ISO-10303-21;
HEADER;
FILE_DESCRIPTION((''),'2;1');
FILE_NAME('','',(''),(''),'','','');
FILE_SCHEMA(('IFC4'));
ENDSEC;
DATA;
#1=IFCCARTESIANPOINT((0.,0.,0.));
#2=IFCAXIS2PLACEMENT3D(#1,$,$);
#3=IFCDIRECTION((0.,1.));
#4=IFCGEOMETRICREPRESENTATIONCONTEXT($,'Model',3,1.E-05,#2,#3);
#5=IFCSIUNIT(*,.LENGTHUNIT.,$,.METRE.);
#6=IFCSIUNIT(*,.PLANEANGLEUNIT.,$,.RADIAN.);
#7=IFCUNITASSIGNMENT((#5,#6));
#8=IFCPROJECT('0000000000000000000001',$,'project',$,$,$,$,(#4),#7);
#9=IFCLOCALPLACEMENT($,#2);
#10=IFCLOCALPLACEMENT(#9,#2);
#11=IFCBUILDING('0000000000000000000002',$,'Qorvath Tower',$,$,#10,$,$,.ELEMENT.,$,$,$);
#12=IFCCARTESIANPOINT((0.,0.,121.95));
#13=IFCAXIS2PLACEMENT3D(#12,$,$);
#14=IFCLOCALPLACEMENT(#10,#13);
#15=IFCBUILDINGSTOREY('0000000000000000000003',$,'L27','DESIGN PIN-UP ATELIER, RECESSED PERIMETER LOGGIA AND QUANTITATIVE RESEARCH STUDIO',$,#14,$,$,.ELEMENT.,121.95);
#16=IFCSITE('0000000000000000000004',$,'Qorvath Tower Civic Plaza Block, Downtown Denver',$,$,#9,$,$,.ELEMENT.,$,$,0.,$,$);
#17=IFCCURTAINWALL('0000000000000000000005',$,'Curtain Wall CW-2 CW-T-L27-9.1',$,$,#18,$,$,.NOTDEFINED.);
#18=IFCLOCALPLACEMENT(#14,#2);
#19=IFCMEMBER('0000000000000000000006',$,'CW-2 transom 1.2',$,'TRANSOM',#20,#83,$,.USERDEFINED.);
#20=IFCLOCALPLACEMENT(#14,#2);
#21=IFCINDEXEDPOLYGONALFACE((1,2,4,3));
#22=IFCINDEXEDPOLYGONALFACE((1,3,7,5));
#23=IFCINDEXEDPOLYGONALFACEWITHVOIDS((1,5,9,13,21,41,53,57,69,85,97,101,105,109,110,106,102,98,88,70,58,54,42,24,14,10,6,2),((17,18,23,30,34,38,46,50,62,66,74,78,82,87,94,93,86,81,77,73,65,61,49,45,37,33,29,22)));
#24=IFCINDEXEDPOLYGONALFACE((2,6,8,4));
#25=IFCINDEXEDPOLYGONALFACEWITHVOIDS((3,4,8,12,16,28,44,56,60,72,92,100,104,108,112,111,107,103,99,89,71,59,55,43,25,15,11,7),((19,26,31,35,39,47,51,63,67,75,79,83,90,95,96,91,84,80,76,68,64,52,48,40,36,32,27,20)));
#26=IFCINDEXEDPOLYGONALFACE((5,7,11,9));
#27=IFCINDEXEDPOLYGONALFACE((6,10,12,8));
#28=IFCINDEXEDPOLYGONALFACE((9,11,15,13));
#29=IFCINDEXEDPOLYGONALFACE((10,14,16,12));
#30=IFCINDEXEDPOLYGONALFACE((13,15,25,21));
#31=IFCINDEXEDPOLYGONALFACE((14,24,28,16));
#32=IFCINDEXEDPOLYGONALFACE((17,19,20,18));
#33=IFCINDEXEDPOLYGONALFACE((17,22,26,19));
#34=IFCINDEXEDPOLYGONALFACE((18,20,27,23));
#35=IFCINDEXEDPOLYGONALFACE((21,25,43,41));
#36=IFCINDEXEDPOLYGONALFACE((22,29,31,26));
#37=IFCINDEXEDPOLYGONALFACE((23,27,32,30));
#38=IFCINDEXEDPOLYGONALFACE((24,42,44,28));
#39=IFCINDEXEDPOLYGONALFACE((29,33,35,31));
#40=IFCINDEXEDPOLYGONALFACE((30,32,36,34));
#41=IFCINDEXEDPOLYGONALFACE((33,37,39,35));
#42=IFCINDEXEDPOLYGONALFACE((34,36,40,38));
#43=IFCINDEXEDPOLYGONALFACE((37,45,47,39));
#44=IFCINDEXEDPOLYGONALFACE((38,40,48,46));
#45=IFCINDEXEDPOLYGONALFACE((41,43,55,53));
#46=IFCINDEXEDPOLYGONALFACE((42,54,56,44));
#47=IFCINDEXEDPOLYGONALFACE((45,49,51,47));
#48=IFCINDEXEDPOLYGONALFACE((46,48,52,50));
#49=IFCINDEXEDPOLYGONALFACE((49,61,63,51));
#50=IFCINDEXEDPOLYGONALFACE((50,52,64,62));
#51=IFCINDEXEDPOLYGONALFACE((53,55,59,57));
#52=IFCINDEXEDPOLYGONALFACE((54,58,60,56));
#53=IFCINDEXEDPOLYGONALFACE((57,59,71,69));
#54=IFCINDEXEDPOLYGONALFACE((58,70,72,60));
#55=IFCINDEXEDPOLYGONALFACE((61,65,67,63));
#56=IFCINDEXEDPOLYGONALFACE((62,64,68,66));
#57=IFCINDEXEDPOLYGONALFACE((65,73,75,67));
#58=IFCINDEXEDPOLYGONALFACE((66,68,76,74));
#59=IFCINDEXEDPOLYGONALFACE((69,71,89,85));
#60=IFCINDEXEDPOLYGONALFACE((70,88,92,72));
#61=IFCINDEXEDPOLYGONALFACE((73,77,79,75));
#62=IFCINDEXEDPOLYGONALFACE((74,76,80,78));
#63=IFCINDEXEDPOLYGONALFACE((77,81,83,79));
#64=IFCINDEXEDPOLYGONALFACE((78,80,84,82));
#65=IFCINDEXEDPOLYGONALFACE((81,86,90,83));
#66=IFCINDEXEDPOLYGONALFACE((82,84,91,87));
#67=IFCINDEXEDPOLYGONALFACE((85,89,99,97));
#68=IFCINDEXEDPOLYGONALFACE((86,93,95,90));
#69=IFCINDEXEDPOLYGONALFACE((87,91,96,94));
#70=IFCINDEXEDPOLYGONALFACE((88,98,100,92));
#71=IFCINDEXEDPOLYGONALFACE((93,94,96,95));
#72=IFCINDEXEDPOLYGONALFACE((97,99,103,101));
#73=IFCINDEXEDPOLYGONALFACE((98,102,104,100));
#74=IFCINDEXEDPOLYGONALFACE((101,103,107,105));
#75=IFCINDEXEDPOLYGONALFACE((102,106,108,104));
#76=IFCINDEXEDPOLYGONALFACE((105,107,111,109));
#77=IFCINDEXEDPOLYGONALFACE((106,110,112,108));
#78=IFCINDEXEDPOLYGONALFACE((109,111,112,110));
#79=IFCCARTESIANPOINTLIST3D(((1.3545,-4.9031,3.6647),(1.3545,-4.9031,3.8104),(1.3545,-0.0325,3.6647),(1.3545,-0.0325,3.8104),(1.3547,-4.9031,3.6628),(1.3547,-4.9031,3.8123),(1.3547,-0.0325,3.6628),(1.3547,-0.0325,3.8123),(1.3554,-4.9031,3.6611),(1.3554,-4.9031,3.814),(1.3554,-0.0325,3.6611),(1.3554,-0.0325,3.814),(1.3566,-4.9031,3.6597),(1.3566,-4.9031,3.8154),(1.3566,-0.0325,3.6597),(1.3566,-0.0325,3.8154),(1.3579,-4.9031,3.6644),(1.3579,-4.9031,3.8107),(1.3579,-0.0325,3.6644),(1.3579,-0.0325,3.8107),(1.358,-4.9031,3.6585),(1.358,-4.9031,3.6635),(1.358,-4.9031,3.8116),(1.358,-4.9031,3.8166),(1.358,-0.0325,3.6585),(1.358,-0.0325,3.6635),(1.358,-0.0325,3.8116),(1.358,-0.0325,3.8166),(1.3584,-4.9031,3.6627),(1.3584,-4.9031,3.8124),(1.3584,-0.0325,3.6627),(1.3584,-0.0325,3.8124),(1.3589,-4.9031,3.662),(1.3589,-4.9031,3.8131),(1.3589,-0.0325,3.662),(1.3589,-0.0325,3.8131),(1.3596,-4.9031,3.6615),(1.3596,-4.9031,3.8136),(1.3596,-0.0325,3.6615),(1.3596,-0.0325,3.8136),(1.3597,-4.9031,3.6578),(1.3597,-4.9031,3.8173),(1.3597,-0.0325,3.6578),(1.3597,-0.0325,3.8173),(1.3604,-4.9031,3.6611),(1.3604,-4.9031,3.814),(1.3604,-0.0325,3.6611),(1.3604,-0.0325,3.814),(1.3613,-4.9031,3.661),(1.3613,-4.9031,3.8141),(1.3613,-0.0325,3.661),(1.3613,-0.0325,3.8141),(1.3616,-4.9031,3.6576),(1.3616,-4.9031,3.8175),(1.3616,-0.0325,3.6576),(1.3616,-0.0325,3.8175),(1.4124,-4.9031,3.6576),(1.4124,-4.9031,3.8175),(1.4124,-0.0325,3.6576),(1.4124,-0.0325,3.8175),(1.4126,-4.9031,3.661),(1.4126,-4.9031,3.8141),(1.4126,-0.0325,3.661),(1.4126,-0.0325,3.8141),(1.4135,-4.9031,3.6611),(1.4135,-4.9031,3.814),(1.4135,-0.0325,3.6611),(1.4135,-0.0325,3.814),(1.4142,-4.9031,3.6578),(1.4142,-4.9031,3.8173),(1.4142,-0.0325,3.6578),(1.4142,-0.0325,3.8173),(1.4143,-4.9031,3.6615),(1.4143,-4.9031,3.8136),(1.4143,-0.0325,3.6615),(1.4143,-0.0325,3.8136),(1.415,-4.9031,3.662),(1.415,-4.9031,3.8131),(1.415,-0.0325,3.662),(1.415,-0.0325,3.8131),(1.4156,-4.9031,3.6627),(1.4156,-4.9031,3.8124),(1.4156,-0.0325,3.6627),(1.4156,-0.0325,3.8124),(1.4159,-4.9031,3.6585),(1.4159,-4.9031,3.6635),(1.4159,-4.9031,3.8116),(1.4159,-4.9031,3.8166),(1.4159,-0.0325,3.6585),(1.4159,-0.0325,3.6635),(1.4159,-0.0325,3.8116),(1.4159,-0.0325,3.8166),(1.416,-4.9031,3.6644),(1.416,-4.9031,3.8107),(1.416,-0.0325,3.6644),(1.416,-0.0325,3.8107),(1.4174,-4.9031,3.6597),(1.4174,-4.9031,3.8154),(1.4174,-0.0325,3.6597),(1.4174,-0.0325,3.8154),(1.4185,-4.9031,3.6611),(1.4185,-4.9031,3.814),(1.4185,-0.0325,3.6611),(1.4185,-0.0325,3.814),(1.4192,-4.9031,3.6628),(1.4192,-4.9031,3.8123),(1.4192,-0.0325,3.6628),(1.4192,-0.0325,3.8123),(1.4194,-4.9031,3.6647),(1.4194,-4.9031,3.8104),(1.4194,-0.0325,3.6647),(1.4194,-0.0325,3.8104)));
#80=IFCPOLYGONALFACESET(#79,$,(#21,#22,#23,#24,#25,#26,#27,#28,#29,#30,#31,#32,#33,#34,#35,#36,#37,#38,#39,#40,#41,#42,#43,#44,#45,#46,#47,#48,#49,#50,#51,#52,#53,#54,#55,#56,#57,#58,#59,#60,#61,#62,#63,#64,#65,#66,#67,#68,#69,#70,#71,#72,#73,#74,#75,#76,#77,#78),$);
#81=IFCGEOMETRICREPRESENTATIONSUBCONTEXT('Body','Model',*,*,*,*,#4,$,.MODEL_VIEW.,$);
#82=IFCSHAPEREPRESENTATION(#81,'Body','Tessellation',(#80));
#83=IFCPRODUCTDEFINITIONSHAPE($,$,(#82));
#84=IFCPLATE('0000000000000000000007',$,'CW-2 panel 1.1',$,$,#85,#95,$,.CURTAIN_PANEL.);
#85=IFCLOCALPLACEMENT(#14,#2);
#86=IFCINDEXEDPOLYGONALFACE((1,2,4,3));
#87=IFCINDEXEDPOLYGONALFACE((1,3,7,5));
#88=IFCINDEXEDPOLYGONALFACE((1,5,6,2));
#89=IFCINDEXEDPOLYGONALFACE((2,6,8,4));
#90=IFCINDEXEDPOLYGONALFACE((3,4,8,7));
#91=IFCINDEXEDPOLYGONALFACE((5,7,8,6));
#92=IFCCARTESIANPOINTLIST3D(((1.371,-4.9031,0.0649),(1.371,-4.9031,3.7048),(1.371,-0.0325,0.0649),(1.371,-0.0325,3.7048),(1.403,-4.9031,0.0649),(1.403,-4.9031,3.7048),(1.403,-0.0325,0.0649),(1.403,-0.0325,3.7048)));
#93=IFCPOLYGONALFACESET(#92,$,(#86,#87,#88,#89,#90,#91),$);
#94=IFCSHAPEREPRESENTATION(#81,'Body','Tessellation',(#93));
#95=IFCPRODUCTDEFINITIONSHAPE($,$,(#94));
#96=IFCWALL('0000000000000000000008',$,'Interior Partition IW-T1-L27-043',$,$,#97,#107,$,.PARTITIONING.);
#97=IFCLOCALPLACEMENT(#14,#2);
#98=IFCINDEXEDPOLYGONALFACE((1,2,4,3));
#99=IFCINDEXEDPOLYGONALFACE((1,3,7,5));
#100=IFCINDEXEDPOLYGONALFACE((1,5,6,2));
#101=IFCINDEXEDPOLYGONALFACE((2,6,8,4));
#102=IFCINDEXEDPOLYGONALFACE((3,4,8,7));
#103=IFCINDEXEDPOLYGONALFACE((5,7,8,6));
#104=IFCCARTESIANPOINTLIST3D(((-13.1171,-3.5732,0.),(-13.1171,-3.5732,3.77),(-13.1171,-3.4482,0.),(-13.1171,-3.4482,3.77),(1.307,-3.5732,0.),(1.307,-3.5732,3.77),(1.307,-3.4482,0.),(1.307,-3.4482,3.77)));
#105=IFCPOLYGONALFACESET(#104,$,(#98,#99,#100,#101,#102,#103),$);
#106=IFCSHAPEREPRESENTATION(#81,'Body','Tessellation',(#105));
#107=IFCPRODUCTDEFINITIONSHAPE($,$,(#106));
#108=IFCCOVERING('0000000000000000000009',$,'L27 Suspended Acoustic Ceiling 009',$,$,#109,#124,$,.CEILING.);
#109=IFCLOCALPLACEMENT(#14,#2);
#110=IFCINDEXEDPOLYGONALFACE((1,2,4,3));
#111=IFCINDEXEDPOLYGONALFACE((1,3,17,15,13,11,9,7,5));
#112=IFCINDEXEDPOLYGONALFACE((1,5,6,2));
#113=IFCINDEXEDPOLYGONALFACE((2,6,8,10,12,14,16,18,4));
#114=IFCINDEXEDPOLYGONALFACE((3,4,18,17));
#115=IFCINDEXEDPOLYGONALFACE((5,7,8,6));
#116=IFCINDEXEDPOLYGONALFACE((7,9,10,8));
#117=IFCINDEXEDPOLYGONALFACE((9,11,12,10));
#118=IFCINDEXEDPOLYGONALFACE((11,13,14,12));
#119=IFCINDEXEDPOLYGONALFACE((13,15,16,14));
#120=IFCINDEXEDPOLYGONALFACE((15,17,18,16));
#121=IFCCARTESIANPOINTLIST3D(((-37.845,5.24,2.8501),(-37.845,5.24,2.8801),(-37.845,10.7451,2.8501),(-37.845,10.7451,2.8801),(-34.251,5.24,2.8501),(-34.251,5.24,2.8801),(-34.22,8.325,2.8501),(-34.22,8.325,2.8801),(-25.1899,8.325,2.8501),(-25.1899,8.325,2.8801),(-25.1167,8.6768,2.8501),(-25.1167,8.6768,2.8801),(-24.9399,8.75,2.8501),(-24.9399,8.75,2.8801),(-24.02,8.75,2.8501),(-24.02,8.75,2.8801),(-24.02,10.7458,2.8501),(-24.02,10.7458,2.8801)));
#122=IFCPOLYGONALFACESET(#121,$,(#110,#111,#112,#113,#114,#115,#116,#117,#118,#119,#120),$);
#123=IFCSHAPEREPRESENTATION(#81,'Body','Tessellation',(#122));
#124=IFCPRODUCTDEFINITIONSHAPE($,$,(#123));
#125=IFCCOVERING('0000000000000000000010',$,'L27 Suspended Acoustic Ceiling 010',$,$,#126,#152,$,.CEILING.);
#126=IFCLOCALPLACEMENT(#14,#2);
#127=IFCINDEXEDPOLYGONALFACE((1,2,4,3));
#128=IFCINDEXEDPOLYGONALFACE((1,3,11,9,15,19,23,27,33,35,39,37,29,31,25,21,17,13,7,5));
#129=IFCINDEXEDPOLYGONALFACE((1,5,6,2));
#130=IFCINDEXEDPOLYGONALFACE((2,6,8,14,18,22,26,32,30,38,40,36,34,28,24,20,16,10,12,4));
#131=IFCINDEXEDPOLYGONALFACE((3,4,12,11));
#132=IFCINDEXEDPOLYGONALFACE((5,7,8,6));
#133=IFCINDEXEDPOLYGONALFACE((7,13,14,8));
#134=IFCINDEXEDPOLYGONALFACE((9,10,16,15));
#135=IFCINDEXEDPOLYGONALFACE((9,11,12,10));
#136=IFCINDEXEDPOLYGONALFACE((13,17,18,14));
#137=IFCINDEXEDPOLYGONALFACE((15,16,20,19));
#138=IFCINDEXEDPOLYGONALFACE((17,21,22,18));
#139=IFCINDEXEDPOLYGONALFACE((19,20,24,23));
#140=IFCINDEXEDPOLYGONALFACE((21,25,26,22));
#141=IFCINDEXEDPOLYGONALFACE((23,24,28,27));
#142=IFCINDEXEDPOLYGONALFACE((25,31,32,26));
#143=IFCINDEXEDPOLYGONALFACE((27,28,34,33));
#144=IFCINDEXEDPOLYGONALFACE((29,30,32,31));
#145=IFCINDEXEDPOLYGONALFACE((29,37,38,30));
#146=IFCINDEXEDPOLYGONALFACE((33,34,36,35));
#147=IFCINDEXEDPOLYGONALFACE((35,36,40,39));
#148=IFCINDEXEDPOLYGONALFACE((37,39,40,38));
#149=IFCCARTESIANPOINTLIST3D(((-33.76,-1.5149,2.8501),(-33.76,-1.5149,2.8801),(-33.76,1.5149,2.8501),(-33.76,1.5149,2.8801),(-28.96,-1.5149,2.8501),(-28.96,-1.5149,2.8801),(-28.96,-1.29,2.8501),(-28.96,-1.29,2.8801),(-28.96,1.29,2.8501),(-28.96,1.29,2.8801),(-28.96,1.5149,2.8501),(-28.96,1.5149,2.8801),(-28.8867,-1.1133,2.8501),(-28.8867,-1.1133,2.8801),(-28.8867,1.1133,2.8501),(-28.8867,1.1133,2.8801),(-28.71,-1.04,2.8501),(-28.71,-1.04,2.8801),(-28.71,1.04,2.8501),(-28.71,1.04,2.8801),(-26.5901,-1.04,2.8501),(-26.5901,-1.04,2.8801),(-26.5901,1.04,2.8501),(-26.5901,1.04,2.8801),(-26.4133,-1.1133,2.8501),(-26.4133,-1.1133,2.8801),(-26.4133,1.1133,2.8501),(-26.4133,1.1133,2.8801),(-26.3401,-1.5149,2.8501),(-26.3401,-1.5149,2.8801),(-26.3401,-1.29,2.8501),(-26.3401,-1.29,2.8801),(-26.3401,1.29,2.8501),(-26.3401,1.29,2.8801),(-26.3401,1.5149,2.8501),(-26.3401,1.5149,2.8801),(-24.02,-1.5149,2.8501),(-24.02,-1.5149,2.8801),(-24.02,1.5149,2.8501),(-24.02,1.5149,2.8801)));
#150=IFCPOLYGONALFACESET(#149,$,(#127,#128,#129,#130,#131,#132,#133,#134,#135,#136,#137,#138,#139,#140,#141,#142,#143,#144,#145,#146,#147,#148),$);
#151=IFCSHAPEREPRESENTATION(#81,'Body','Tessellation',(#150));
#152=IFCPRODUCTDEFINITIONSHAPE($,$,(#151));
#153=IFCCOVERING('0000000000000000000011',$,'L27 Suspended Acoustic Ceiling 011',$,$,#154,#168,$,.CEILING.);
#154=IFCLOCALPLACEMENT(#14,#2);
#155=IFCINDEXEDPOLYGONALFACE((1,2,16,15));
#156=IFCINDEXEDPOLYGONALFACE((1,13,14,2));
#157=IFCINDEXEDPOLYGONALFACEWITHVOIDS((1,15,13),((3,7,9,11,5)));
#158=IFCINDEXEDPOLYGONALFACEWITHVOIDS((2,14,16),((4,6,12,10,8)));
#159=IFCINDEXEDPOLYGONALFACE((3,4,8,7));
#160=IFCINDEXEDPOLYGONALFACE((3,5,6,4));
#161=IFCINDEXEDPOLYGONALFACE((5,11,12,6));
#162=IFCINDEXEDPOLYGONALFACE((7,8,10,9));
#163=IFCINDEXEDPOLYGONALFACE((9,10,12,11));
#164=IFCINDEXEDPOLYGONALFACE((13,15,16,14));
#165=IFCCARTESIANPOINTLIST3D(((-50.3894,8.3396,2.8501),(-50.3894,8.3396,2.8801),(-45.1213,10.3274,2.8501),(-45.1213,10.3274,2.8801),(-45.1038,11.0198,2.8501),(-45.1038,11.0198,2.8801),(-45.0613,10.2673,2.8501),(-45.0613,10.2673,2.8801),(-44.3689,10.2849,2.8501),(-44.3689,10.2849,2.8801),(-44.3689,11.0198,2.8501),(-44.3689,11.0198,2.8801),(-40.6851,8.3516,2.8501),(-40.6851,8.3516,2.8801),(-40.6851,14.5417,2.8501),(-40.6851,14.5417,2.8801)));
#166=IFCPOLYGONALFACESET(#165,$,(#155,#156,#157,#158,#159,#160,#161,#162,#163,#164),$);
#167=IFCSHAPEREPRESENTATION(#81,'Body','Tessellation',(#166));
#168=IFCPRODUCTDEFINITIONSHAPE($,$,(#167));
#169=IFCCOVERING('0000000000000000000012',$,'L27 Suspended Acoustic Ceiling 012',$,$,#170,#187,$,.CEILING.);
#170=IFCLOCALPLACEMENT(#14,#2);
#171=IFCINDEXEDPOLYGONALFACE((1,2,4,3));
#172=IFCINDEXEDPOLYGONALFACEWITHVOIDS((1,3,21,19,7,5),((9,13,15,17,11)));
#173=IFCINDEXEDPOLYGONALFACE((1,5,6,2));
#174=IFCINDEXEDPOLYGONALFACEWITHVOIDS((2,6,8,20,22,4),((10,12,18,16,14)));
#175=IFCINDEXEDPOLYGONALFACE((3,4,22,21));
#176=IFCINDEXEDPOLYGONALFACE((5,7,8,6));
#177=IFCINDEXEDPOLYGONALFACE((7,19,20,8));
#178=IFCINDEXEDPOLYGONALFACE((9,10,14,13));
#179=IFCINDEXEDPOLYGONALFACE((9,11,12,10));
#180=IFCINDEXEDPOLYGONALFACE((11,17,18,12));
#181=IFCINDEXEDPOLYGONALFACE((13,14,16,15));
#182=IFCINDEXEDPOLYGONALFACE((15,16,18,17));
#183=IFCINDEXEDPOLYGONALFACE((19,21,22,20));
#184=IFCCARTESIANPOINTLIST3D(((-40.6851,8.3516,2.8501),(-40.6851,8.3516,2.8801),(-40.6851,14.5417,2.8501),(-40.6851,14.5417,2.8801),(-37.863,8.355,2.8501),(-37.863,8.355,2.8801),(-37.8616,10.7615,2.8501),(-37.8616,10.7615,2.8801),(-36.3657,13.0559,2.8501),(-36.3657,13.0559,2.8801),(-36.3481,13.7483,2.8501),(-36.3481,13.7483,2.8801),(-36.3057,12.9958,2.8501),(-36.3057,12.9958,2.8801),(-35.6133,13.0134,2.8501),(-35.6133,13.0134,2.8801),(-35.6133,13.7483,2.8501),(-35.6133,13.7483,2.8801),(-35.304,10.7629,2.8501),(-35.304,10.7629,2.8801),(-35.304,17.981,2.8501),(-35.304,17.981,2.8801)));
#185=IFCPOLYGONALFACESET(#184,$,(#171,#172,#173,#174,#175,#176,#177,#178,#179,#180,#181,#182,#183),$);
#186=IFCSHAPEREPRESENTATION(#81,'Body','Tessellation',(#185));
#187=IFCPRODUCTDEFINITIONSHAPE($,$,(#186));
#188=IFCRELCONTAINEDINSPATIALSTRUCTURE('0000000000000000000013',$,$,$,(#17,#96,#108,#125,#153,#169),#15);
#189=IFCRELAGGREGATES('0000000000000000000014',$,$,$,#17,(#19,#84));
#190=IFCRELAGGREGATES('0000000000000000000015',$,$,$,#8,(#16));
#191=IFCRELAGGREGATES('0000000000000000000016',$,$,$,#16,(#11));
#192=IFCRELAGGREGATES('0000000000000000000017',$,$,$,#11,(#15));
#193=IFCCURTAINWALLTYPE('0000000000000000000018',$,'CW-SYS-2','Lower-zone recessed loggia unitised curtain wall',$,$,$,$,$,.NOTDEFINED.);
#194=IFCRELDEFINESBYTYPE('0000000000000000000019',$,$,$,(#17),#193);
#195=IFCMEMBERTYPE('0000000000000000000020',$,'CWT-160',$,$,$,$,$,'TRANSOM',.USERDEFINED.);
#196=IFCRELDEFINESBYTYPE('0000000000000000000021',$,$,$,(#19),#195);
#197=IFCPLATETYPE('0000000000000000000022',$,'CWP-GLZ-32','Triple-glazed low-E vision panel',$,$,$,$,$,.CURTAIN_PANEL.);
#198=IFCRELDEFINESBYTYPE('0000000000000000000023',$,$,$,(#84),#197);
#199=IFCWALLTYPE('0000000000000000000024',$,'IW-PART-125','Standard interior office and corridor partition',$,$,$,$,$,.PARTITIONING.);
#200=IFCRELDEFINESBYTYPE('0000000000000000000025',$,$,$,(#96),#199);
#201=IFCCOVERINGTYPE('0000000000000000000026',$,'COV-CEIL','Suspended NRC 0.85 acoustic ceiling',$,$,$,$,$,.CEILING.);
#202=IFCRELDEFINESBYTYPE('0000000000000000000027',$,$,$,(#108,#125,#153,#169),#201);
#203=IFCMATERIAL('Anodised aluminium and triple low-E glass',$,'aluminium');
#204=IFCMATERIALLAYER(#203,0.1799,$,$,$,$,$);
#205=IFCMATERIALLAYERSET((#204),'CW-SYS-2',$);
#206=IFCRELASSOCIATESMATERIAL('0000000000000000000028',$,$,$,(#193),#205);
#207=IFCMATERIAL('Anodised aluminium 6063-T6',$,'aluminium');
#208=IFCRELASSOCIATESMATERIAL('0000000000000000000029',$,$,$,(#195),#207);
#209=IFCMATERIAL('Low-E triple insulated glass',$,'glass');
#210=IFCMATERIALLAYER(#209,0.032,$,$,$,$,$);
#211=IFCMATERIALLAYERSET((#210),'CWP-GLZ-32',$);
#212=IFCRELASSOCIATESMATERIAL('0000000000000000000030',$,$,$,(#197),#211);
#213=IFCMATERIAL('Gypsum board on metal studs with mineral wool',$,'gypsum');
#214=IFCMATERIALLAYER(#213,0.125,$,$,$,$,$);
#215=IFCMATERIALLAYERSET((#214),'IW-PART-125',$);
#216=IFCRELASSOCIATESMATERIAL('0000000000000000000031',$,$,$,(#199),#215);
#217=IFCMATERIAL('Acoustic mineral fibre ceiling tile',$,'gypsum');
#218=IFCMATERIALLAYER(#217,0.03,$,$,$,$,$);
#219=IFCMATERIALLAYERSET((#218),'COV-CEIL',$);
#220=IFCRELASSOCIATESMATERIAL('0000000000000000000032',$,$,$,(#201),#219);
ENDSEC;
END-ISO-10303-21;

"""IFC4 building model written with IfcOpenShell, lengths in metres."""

from ifc_helpers import new_model, si_unit, direction, frame, frame_2d, origin, origin_2d, place, context, subcontext, project, spatial, polyline, rectangle, hollow_rectangle, outline, extrude, material, layer, layer_set, material_profile, profile_set, type_object, element, aggregate, save


model = new_model("IFC4")

# Units and contexts
model_context = context("Model", 3, precision=1e-05, world=origin(), true_north=direction((0.0, 1.0)))
body_context = subcontext(model_context, "Body", "Model", "MODEL_VIEW")
ifc_project = project(units=[si_unit("LENGTHUNIT", "METRE"), si_unit("PLANEANGLEUNIT", "RADIAN")], contexts=[model_context])

# Site, building, storey
site_placement = place(None, origin())
site = spatial("IfcSite", under=ifc_project, at=site_placement, Name="Qorvath Tower Civic Plaza Block, Downtown Denver", CompositionType="ELEMENT", RefElevation=0.0)
building_placement = place(site_placement, origin())
building = spatial("IfcBuilding", under=site, at=building_placement, Name="Qorvath Tower", CompositionType="ELEMENT")
storey_placement = place(building_placement, frame((0.0, 0.0, 121.95)))
storey = spatial("IfcBuildingStorey", under=building, at=storey_placement, Name="L27", Description="DESIGN PIN-UP ATELIER, RECESSED PERIMETER LOGGIA AND QUANTITATIVE RESEARCH STUDIO", CompositionType="ELEMENT", Elevation=121.95)

# Curtain wall, member, plate
ifc_material_1 = material(Name="Anodised aluminium and triple low-E glass", Category="aluminium")
ifc_layer_1 = layer(ifc_material_1, 0.1799)
ifc_layer_set_1 = layer_set([ifc_layer_1], Name="CW-SYS-2")
curtain_wall_type = type_object("IfcCurtainWallType", Name="CW-SYS-2", Description="Lower-zone recessed loggia unitised curtain wall", PredefinedType="NOTDEFINED", material=ifc_layer_set_1)
curtain_wall_placement = place(storey_placement, origin())
curtain_wall = element("IfcCurtainWall", 1, at=curtain_wall_placement, inside=storey, type_object=curtain_wall_type, Name="Curtain Wall CW-2 CW-T-L27-9.1", PredefinedType="NOTDEFINED")
ifc_material_2 = material(Name="Anodised aluminium 6063-T6", Category="aluminium")
ifc_material_profile_1 = material_profile(ifc_material_2, hollow_rectangle(XDim=0.0649, YDim=0.1599, WallThickness=0.0034, InnerFilletRadius=0.0034, OuterFilletRadius=0.0071, at=origin_2d()), Name="CWT 160x65")
ifc_profile_set_1 = profile_set([ifc_material_profile_1], Name="Anodised aluminium 6063-T6")
member_type_1 = type_object("IfcMemberType", Name="CWT-160", ElementType="TRANSOM", PredefinedType="USERDEFINED", material=ifc_profile_set_1)
member_1_placement = place(storey_placement, frame((1.387, -4.9031, 3.7375), z_axis=(0.0, 1.0, 0.0), x_axis=(-1.0, 0.0, 0.0)))
member_1 = element("IfcMember", 2, at=member_1_placement, type_object=member_type_1, Name="CW-2 transom 1.2", ObjectType="TRANSOM", PredefinedType="USERDEFINED", context=body_context, shape_type="SweptSolid", body=[
    extrude(hollow_rectangle(XDim=0.0649, YDim=0.1599, WallThickness=0.0034, InnerFilletRadius=0.0034, OuterFilletRadius=0.0071, at=origin_2d()), origin(), (0.0, 0.0, 1.0), 4.8706),
])
ifc_material_3 = material(Name="Low-E triple insulated glass", Category="glass")
ifc_layer_2 = layer(ifc_material_3, 0.032)
ifc_layer_set_2 = layer_set([ifc_layer_2], Name="CWP-GLZ-32")
plate_type = type_object("IfcPlateType", Name="CWP-GLZ-32", Description="Triple-glazed low-E vision panel", PredefinedType="CURTAIN_PANEL", material=ifc_layer_set_2)
plate_placement = place(storey_placement, frame((1.387, -2.4678, 0.0649), z_axis=(0.0, 0.0, 1.0), x_axis=(0.0, 1.0, 0.0)))
plate = element("IfcPlate", 3, at=plate_placement, type_object=plate_type, Name="CW-2 panel 1.1", PredefinedType="CURTAIN_PANEL", context=body_context, shape_type="SweptSolid", body=[
    extrude(rectangle(XDim=4.8706, YDim=0.032, at=origin_2d()), origin(), (0.0, 0.0, 1.0), 3.6399),
])
aggregate(curtain_wall, [member_1, plate])

# Wall
ifc_material_4 = material(Name="Gypsum board on metal studs with mineral wool", Category="gypsum")
ifc_layer_3 = layer(ifc_material_4, 0.125)
ifc_layer_set_3 = layer_set([ifc_layer_3], Name="IW-PART-125")
wall_type = type_object("IfcWallType", Name="IW-PART-125", Description="Standard interior office and corridor partition", PredefinedType="PARTITIONING", material=ifc_layer_set_3)
wall_placement = place(storey_placement, frame((1.3069, -3.5107, 0.0), z_axis=(0.0, 0.0, 1.0), x_axis=(-1.0, 0.0, 0.0)))
element("IfcWall", 4, at=wall_placement, inside=storey, type_object=wall_type, Name="Interior Partition IW-T1-L27-043", PredefinedType="PARTITIONING", context=body_context, shape_type="SweptSolid", body=[
    extrude(rectangle(XDim=14.4241, YDim=0.125, at=frame_2d((7.2119, 0.0))), origin(), (0.0, 0.0, 1.0), 3.77),
])

# Coverings
ifc_material_5 = material(Name="Acoustic mineral fibre ceiling tile", Category="gypsum")
ifc_layer_4 = layer(ifc_material_5, 0.03)
ifc_layer_set_4 = layer_set([ifc_layer_4], Name="COV-CEIL")
covering_type_1 = type_object("IfcCoveringType", Name="COV-CEIL", Description="Suspended NRC 0.85 acoustic ceiling", PredefinedType="CEILING", material=ifc_layer_set_4)
covering_1_placement = place(storey_placement, frame((0.0, 0.0, 2.8501)))
element("IfcCovering", 5, at=covering_1_placement, inside=storey, type_object=covering_type_1, Name="L27 Suspended Acoustic Ceiling 009", PredefinedType="CEILING", context=body_context, shape_type="SweptSolid", body=[
    extrude(outline(polyline([(-24.02, 8.75), (-24.02, 10.7458), (-37.845, 10.7451), (-37.845, 5.24), (-34.251, 5.24), (-34.22, 8.325), (-25.1899, 8.325), (-25.1167, 8.6768), (-24.9399, 8.75), (-24.02, 8.75)])), origin(), (0.0, 0.0, 1.0), 0.03),
])
covering_2_placement = place(storey_placement, frame((0.0, 0.0, 2.8501)))
element("IfcCovering", 6, at=covering_2_placement, inside=storey, type_object=covering_type_1, Name="L27 Suspended Acoustic Ceiling 010", PredefinedType="CEILING", context=body_context, shape_type="SweptSolid", body=[
    extrude(outline(polyline([(-24.02, -1.5149), (-24.02, 1.5149), (-26.3401, 1.5149), (-26.3401, 1.29), (-26.4133, 1.1133), (-26.5901, 1.04), (-28.71, 1.04), (-28.8867, 1.1133), (-28.96, 1.29), (-28.96, 1.5149), (-33.76, 1.5149), (-33.76, -1.5149), (-28.96, -1.5149), (-28.96, -1.29), (-28.8867, -1.1133), (-28.71, -1.04), (-26.5901, -1.04), (-26.4133, -1.1133), (-26.3401, -1.29), (-26.3401, -1.5149), (-24.02, -1.5149)])), origin(), (0.0, 0.0, 1.0), 0.03),
])
covering_3_placement = place(storey_placement, frame((0.0, 0.0, 2.8501)))
element("IfcCovering", 7, at=covering_3_placement, inside=storey, type_object=covering_type_1, Name="L27 Suspended Acoustic Ceiling 011", PredefinedType="CEILING", context=body_context, shape_type="SweptSolid", body=[
    extrude(outline(polyline([(-40.6851, 8.3516), (-40.6851, 14.5417), (-50.3894, 8.3396), (-40.6851, 8.3516)]), holes=[polyline([(-45.1213, 10.3274), (-45.1038, 11.0198), (-44.3689, 11.0198), (-44.3689, 10.2849), (-45.0613, 10.2673), (-45.1213, 10.3274)])]), origin(), (0.0, 0.0, 1.0), 0.03),
])
covering_4_placement = place(storey_placement, frame((0.0, 0.0, 2.8501)))
element("IfcCovering", 8, at=covering_4_placement, inside=storey, type_object=covering_type_1, Name="L27 Suspended Acoustic Ceiling 012", PredefinedType="CEILING", context=body_context, shape_type="SweptSolid", body=[
    extrude(outline(polyline([(-35.304, 17.981), (-40.6851, 14.5417), (-40.6851, 8.3516), (-37.863, 8.355), (-37.8616, 10.7615), (-35.304, 10.7629), (-35.304, 17.981)]), holes=[polyline([(-36.3657, 13.0559), (-36.3481, 13.7483), (-35.6133, 13.7483), (-35.6133, 13.0134), (-36.3057, 12.9958), (-36.3657, 13.0559)])]), origin(), (0.0, 0.0, 1.0), 0.03),
])

save(model, "model.ifc")
